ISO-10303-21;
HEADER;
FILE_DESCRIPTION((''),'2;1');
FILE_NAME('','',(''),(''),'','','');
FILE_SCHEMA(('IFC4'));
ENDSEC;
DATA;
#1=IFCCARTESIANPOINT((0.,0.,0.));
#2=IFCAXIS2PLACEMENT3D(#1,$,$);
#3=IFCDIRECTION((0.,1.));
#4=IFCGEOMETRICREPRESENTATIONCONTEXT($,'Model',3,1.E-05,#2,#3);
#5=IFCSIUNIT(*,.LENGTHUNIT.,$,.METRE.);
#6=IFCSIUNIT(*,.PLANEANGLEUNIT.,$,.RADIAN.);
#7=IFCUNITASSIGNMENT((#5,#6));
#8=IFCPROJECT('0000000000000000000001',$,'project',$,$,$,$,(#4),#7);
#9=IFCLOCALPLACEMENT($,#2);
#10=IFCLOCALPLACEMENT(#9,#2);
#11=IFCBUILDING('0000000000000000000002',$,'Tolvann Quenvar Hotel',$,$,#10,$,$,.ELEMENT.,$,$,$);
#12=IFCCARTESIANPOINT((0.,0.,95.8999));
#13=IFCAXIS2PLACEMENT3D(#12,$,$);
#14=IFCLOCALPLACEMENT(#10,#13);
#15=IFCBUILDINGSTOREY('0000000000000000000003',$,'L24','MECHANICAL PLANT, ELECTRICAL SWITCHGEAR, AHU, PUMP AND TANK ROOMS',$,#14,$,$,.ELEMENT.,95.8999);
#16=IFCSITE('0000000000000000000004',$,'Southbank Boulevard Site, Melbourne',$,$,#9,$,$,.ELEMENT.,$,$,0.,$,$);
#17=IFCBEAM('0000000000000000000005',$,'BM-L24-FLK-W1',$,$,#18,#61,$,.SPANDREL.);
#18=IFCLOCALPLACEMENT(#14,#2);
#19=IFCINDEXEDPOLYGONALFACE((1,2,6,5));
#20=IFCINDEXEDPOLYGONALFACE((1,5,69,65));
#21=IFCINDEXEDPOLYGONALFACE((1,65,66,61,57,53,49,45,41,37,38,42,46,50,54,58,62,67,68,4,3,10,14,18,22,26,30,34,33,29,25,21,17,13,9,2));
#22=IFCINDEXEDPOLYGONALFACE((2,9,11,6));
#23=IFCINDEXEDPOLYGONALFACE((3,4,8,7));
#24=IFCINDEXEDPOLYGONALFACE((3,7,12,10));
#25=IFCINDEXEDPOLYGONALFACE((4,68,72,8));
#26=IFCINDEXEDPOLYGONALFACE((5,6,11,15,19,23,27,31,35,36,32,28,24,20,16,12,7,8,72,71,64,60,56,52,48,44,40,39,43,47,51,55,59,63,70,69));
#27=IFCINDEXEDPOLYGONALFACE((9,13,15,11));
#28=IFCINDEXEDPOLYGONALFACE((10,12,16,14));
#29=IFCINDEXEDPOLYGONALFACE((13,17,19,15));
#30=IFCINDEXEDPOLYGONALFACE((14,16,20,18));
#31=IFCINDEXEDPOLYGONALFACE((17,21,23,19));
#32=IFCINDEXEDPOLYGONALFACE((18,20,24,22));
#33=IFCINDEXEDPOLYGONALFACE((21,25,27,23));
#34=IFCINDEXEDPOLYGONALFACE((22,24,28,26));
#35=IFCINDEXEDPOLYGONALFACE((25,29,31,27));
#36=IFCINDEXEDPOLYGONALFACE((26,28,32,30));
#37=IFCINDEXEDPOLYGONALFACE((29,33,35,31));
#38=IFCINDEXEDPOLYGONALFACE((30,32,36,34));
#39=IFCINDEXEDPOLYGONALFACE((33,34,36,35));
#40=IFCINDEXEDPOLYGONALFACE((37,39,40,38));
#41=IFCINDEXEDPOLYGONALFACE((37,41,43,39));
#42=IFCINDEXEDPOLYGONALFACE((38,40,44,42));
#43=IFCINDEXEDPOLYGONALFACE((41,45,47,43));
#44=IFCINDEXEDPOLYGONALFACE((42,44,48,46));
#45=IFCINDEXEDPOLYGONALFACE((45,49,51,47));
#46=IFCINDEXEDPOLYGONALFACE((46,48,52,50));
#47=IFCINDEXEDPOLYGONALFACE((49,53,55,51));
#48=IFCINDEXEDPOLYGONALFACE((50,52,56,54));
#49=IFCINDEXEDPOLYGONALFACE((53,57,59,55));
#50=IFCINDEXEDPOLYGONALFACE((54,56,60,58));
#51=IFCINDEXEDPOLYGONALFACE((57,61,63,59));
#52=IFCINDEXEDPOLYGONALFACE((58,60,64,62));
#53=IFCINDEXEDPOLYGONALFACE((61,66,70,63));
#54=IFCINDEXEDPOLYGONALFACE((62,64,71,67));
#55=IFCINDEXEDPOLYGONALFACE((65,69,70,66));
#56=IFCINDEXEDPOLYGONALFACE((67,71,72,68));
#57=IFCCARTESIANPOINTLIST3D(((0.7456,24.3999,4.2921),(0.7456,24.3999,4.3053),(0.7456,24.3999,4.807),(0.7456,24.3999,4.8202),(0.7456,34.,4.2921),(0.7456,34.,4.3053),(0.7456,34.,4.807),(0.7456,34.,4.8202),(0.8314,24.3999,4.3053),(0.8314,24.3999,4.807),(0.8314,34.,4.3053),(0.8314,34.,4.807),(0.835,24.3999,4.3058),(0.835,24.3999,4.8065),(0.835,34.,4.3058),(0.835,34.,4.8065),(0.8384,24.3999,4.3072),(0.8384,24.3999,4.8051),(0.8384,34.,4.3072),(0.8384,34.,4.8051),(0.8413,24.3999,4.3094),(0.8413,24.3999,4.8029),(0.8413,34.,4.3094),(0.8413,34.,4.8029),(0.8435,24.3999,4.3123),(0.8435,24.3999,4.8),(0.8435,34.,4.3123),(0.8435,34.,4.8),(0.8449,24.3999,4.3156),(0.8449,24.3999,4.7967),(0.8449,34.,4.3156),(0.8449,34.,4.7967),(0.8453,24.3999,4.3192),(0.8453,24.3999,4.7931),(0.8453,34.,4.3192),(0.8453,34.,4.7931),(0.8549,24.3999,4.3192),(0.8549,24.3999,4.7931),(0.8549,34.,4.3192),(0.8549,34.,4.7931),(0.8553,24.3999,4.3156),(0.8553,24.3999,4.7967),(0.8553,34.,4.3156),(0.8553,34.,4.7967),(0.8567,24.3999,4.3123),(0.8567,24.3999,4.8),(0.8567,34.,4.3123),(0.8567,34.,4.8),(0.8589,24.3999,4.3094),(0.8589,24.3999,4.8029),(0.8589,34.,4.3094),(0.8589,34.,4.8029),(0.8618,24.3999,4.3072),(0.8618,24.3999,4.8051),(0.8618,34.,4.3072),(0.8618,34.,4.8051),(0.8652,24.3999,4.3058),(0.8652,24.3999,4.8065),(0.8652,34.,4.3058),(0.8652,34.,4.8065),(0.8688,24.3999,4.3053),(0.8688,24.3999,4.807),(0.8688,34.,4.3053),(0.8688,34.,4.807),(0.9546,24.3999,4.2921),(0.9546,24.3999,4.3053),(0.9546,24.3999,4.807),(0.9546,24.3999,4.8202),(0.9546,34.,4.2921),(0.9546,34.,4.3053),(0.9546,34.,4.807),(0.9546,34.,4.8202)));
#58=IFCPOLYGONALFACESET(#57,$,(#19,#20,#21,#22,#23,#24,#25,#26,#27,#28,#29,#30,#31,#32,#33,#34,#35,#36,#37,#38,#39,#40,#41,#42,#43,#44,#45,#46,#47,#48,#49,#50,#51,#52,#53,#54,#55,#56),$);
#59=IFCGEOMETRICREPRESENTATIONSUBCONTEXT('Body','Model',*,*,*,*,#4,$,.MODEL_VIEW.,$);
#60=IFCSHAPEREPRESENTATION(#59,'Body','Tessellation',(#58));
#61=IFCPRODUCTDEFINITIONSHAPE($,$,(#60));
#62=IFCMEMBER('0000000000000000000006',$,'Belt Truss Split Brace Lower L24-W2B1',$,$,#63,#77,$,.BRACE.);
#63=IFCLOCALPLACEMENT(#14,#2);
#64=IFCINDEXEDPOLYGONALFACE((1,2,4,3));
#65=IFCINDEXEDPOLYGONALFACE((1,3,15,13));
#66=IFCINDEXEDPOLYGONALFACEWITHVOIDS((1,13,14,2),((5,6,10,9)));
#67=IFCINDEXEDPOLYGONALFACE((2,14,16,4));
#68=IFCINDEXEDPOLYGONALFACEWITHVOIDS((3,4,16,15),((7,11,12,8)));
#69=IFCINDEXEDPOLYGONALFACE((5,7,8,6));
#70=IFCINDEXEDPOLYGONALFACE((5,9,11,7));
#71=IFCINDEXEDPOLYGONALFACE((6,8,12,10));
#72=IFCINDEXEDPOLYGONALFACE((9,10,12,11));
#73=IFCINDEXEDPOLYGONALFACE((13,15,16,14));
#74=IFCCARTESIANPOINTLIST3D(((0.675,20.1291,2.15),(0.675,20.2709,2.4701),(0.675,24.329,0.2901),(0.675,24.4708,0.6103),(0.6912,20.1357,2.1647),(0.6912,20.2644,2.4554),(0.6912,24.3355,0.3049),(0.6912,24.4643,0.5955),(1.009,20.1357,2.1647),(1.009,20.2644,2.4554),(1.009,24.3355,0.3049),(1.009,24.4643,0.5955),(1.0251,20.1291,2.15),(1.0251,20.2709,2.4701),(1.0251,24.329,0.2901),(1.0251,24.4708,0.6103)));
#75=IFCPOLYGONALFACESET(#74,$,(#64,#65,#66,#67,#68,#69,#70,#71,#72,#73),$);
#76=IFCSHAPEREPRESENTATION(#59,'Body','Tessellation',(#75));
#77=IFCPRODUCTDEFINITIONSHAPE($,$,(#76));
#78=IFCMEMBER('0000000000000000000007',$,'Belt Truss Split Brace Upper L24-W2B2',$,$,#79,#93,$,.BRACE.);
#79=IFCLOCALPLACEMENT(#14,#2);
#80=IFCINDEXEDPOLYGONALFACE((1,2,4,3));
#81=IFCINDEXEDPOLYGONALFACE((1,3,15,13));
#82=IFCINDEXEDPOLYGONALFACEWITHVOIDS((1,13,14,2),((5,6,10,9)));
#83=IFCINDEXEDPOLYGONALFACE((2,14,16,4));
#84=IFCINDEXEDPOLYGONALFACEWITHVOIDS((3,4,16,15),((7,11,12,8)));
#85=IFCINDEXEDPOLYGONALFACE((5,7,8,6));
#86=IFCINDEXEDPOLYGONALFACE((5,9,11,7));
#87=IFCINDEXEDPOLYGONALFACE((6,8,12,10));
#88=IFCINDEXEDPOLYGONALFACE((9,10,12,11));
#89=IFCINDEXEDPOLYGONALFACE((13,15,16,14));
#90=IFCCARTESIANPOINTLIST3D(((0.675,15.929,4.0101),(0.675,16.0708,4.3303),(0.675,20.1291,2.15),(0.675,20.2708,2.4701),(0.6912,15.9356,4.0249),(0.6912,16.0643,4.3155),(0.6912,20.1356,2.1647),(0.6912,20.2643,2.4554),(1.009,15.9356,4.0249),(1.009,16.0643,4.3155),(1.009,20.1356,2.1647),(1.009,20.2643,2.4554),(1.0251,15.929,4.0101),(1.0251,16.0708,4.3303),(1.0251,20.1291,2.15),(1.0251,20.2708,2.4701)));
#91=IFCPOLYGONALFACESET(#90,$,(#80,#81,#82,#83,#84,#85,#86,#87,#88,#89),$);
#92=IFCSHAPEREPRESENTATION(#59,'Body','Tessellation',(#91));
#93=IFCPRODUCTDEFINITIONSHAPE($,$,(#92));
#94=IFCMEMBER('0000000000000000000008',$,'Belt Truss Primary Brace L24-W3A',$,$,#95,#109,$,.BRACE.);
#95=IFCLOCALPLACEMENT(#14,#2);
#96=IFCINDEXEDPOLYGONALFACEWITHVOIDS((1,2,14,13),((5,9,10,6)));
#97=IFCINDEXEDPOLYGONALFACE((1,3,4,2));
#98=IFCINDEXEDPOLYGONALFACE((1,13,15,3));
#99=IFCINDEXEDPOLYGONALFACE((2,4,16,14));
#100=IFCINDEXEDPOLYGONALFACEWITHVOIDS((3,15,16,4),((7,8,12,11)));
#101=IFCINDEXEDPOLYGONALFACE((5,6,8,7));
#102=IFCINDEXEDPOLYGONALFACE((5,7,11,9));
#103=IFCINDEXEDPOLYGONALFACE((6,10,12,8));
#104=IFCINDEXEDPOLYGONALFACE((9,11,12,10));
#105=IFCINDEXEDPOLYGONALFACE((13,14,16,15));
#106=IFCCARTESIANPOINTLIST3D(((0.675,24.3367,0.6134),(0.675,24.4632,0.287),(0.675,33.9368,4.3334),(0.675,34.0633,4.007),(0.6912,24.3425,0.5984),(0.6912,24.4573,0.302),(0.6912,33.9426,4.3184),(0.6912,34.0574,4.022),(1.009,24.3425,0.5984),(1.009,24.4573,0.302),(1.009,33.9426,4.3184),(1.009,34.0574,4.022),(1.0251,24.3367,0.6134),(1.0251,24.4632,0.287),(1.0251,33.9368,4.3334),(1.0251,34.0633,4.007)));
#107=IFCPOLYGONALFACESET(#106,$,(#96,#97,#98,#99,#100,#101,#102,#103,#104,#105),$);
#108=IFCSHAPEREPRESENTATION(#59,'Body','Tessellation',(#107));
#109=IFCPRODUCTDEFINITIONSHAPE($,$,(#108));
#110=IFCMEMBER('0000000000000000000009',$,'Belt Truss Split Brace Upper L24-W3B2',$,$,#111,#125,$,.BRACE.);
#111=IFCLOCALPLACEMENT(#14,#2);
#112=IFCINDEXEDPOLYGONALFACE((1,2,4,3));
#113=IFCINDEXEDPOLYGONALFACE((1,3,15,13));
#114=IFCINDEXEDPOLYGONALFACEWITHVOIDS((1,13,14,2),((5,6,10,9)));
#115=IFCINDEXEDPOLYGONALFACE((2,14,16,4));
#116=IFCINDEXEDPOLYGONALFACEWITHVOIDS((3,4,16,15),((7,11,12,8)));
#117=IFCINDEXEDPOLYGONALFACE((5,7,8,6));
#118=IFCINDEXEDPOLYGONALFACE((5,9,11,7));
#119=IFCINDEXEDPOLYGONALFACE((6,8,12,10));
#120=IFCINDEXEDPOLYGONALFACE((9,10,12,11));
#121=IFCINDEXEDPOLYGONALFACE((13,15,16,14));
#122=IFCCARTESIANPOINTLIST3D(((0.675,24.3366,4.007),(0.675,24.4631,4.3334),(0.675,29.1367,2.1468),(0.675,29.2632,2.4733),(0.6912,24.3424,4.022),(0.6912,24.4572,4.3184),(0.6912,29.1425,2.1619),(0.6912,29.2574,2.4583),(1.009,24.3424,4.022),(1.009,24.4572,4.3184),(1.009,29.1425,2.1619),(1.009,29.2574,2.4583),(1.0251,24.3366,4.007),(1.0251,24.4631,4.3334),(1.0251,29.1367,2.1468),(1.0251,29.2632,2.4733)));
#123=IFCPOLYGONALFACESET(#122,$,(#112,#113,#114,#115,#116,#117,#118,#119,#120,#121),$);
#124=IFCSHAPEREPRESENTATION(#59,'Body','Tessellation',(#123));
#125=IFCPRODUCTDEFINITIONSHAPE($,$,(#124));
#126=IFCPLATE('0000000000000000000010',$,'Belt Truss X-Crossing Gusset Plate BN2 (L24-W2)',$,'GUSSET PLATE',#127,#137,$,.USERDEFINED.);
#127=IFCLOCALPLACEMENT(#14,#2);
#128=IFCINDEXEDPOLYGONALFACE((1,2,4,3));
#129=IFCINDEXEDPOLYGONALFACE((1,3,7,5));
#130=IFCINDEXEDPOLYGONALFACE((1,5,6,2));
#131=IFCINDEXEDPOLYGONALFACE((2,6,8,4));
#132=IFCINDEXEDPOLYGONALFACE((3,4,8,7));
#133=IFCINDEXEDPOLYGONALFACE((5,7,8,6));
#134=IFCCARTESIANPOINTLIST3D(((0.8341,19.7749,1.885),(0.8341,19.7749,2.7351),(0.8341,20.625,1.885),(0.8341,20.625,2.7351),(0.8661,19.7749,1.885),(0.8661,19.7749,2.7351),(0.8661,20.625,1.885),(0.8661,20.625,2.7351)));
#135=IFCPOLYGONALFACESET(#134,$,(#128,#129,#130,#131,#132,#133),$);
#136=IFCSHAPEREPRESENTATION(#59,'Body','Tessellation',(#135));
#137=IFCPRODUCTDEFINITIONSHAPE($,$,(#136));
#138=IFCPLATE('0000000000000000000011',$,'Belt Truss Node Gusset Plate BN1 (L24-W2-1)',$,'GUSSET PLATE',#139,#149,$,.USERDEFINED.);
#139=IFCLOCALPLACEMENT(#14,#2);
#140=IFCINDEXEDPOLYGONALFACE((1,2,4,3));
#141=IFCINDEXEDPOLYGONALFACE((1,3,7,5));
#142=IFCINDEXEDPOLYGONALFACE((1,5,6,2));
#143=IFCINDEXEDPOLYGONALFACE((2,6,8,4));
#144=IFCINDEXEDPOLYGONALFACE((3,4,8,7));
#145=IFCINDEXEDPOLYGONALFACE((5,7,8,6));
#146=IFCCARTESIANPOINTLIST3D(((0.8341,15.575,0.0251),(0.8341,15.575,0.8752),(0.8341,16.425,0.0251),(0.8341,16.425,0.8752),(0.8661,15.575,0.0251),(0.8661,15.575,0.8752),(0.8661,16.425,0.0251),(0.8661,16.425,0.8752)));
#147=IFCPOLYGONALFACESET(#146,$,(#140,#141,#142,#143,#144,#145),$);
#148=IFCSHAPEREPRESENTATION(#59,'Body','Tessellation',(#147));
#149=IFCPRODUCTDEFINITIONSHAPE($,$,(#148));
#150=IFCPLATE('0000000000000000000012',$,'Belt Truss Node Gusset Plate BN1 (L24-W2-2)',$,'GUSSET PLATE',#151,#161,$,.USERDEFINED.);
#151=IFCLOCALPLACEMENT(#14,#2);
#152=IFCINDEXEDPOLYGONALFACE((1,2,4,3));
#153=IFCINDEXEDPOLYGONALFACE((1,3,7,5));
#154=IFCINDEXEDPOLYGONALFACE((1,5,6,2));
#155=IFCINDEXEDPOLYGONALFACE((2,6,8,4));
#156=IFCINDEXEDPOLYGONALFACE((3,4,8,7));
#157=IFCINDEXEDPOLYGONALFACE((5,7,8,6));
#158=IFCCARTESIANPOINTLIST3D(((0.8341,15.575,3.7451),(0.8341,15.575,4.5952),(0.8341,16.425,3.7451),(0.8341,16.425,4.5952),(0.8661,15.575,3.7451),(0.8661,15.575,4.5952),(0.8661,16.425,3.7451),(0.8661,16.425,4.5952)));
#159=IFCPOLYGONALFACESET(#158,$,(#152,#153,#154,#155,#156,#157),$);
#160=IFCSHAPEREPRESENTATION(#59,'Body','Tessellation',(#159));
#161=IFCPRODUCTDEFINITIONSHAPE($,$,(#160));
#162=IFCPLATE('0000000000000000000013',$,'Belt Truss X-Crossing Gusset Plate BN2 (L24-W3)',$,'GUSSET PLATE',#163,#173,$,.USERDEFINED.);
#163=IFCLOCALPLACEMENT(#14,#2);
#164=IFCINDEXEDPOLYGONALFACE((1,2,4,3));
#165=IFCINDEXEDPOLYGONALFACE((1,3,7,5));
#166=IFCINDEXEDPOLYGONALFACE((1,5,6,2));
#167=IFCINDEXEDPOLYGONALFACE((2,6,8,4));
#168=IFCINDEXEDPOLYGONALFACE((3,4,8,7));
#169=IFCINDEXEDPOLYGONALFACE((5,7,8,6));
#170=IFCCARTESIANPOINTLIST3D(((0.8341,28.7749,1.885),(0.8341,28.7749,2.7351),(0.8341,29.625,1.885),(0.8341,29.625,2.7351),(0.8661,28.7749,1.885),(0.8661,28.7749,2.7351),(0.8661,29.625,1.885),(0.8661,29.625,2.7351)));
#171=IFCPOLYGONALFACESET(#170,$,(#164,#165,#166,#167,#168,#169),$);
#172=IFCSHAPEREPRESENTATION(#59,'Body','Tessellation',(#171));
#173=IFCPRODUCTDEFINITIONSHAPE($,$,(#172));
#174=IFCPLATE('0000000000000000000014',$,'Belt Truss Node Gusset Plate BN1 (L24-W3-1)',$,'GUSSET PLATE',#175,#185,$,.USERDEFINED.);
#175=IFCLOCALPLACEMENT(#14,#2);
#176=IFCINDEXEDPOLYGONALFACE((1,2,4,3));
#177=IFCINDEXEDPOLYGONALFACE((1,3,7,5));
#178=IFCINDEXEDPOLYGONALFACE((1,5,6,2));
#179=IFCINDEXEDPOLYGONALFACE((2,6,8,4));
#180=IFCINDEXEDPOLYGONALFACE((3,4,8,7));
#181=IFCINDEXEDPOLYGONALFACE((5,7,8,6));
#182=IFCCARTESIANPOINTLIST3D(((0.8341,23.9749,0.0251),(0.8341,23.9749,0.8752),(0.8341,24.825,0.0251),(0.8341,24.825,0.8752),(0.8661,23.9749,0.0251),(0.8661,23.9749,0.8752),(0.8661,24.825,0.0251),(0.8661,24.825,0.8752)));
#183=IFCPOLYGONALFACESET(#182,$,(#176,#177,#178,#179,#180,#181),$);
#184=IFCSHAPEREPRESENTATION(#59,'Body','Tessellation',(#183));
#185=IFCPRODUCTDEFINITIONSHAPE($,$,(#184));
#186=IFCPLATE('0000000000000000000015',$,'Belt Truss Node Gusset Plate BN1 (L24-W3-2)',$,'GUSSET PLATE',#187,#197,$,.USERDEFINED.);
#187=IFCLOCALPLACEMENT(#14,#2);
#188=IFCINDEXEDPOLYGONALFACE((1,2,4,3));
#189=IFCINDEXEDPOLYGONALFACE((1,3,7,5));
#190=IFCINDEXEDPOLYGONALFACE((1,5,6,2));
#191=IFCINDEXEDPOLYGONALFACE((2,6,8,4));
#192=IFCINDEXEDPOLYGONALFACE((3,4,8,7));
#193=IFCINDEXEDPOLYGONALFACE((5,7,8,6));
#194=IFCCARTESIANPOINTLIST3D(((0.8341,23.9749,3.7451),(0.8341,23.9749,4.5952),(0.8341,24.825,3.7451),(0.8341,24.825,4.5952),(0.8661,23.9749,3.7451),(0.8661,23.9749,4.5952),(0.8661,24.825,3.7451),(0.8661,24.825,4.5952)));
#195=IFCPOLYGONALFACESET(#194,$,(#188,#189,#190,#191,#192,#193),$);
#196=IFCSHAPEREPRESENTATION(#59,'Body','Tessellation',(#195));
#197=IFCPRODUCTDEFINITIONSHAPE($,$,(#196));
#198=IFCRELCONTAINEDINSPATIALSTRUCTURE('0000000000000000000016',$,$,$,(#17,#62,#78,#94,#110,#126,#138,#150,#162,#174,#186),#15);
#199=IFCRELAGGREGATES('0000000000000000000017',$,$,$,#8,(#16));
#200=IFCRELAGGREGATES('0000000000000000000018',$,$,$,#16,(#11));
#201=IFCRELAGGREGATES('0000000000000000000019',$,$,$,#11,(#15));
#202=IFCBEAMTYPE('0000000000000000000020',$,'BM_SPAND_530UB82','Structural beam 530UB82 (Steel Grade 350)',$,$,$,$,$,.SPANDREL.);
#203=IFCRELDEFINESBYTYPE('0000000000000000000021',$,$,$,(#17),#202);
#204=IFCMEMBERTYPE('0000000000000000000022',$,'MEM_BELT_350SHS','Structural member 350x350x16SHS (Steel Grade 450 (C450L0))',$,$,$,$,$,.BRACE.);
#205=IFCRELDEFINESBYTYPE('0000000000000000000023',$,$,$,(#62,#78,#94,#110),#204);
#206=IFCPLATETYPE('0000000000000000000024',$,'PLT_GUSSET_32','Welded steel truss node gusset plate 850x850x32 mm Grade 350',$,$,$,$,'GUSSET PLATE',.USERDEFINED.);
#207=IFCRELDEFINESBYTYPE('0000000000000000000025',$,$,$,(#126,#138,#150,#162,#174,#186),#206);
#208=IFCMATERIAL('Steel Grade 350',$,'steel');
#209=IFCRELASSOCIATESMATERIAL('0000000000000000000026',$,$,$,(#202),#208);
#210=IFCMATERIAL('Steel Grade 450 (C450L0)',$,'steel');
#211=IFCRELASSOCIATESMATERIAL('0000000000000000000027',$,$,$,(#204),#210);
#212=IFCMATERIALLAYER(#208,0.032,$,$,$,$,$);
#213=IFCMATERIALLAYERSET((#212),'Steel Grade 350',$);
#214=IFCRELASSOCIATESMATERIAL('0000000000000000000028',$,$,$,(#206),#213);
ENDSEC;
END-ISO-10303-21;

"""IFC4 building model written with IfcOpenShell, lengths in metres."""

from ifc_helpers import new_model, si_unit, direction, frame, origin, origin_2d, place, context, subcontext, project, spatial, rectangle, hollow_rectangle, i_section, extrude, source, transform, mapped, material, layer, layer_set, material_profile, profile_set, type_object, type_shapes, element, save


model = new_model("IFC4")

# Units and contexts
model_context = context("Model", 3, precision=1e-05, world=origin(), true_north=direction((0.0, 1.0)))
body_context = subcontext(model_context, "Body", "Model", "MODEL_VIEW")
ifc_project = project(units=[si_unit("LENGTHUNIT", "METRE"), si_unit("PLANEANGLEUNIT", "RADIAN")], contexts=[model_context])

# Site, building, storey
site_placement = place(None, origin())
site = spatial("IfcSite", under=ifc_project, at=site_placement, Name="Southbank Boulevard Site, Melbourne", CompositionType="ELEMENT", RefElevation=0.0)
building_placement = place(site_placement, origin())
building = spatial("IfcBuilding", under=site, at=building_placement, Name="Tolvann Quenvar Hotel", CompositionType="ELEMENT")
storey_placement = place(building_placement, frame((0.0, 0.0, 95.8999)))
storey = spatial("IfcBuildingStorey", under=building, at=storey_placement, Name="L24", Description="MECHANICAL PLANT, ELECTRICAL SWITCHGEAR, AHU, PUMP AND TANK ROOMS", CompositionType="ELEMENT", Elevation=95.8999)

# Shared definitions
ifc_material_1 = material(Name="Steel Grade 350", Category="steel")

# Beam
ifc_material_profile_1 = material_profile(ifc_material_1, i_section(OverallWidth=0.209, OverallDepth=0.5281, WebThickness=0.0095, FlangeThickness=0.0132, FilletRadius=0.0139, at=origin_2d()), Name="530UB82")
ifc_profile_set_1 = profile_set([ifc_material_profile_1], Name="Steel Grade 350")
beam_type_1 = type_object("IfcBeamType", Name="BM_SPAND_530UB82", Description="Structural beam 530UB82 (Steel Grade 350)", PredefinedType="SPANDREL", material=ifc_profile_set_1)
shared_shape_1 = source(origin(), body_context, "Body", "SweptSolid", [
    extrude(i_section(OverallWidth=0.209, OverallDepth=0.5281, WebThickness=0.0095, FlangeThickness=0.0132, FilletRadius=0.0139, at=origin_2d()), origin(), (0.0, 0.0, 1.0), 9.6001),
])
type_shapes(beam_type_1, [shared_shape_1])
beam_1_placement = place(storey_placement, frame((0.8501, 24.3999, 4.5562), z_axis=(0.0, 1.0, 0.0), x_axis=(-1.0, 0.0, 0.0)))
element("IfcBeam", 1, at=beam_1_placement, inside=storey, type_object=beam_type_1, Name="BM-L24-FLK-W1", PredefinedType="SPANDREL", context=body_context, shape_type="MappedRepresentation", body=[
    mapped(shared_shape_1, transform((0.0, 0.0, 0.0), x_axis=(1.0, 0.0, 0.0), y_axis=(0.0, 1.0, 0.0), z_axis=(0.0, 0.0, 1.0), scale=1.0)),
])

# Members
ifc_material_2 = material(Name="Steel Grade 450 (C450L0)", Category="steel")
ifc_material_profile_2 = material_profile(ifc_material_2, hollow_rectangle(XDim=0.3501, YDim=0.3501, WallThickness=0.0161, at=origin_2d()), Name="350x350x16SHS")
ifc_profile_set_2 = profile_set([ifc_material_profile_2], Name="Steel Grade 450 (C450L0)")
member_type = type_object("IfcMemberType", Name="MEM_BELT_350SHS", Description="Structural member 350x350x16SHS (Steel Grade 450 (C450L0))", PredefinedType="BRACE", material=ifc_profile_set_2)
shared_shape_2 = source(origin(), body_context, "Body", "SweptSolid", [
    extrude(hollow_rectangle(XDim=0.3501, YDim=0.3501, WallThickness=0.0161, at=origin_2d()), origin(), (0.0, 0.0, 1.0), 4.5933),
])
member_1_placement = place(storey_placement, frame((0.8501, 24.3999, 0.4502), z_axis=(0.0, -0.914359, 0.404905), x_axis=(1.0, 0.0, 0.0)))
element("IfcMember", 2, at=member_1_placement, inside=storey, type_object=member_type, Name="Belt Truss Split Brace Lower L24-W2B1", PredefinedType="BRACE", context=body_context, shape_type="MappedRepresentation", body=[
    mapped(shared_shape_2, transform((0.0, 0.0, 0.0), x_axis=(1.0, 0.0, 0.0), y_axis=(0.0, 1.0, 0.0), z_axis=(0.0, 0.0, 1.0), scale=1.0)),
])
shared_shape_3 = source(origin(), body_context, "Body", "SweptSolid", [
    extrude(hollow_rectangle(XDim=0.3501, YDim=0.3501, WallThickness=0.0161, at=origin_2d()), origin(), (0.0, 0.0, 1.0), 4.5935),
])
member_2_placement = place(storey_placement, frame((0.8501, 20.2, 2.3101), z_axis=(0.0, -0.914339, 0.40495), x_axis=(1.0, 0.0, 0.0)))
element("IfcMember", 3, at=member_2_placement, inside=storey, type_object=member_type, Name="Belt Truss Split Brace Upper L24-W2B2", PredefinedType="BRACE", context=body_context, shape_type="MappedRepresentation", body=[
    mapped(shared_shape_3, transform((0.0, 0.0, 0.0), x_axis=(1.0, 0.0, 0.0), y_axis=(0.0, 1.0, 0.0), z_axis=(0.0, 0.0, 1.0), scale=1.0)),
])
shared_shape_4 = source(origin(), body_context, "Body", "SweptSolid", [
    extrude(hollow_rectangle(XDim=0.3501, YDim=0.3501, WallThickness=0.0161, at=origin_2d()), origin(), (0.0, 0.0, 1.0), 10.2957),
])
member_3_placement = place(storey_placement, frame((0.8501, 24.3999, 0.4502), z_axis=(0.0, 0.932444, 0.361315), x_axis=(-1.0, 0.0, 0.0)))
element("IfcMember", 4, at=member_3_placement, inside=storey, type_object=member_type, Name="Belt Truss Primary Brace L24-W3A", PredefinedType="BRACE", context=body_context, shape_type="MappedRepresentation", body=[
    mapped(shared_shape_4, transform((0.0, 0.0, 0.0), x_axis=(1.0, 0.0, 0.0), y_axis=(0.0, 1.0, 0.0), z_axis=(0.0, 0.0, 1.0), scale=1.0)),
])
shared_shape_5 = source(origin(), body_context, "Body", "SweptSolid", [
    extrude(hollow_rectangle(XDim=0.3501, YDim=0.3501, WallThickness=0.0161, at=origin_2d()), origin(), (0.0, 0.0, 1.0), 5.1479),
])
type_shapes(member_type, [shared_shape_2, shared_shape_3, shared_shape_4, shared_shape_5])
member_4_placement = place(storey_placement, frame((0.8501, 29.2, 2.3101), z_axis=(0.0, -0.932436, 0.361336), x_axis=(1.0, 0.0, 0.0)))
element("IfcMember", 5, at=member_4_placement, inside=storey, type_object=member_type, Name="Belt Truss Split Brace Upper L24-W3B2", PredefinedType="BRACE", context=body_context, shape_type="MappedRepresentation", body=[
    mapped(shared_shape_5, transform((0.0, 0.0, 0.0), x_axis=(1.0, 0.0, 0.0), y_axis=(0.0, 1.0, 0.0), z_axis=(0.0, 0.0, 1.0), scale=1.0)),
])

# Plates
ifc_layer_1 = layer(ifc_material_1, 0.032)
ifc_layer_set_1 = layer_set([ifc_layer_1], Name="Steel Grade 350")
plate_type = type_object("IfcPlateType", Name="PLT_GUSSET_32", Description="Welded steel truss node gusset plate 850x850x32 mm Grade 350", ElementType="GUSSET PLATE", PredefinedType="USERDEFINED", material=ifc_layer_set_1)
shared_shape_6 = source(origin(), body_context, "Body", "SweptSolid", [
    extrude(rectangle(XDim=0.032, YDim=0.8501, at=origin_2d()), origin(), (0.0, 0.0, 1.0), 0.8501),
])
type_shapes(plate_type, [shared_shape_6])
for number, where, z_axis, x_axis, name in (
    (6, (0.8501, 20.2, 1.885), (0.0, 0.0, 1.0), (1.0, 0.0, 0.0), "Belt Truss X-Crossing Gusset Plate BN2 (L24-W2)"),
    (7, (0.8501, 16.0, 0.0251), (0.0, 0.0, 1.0), (1.0, 0.0, 0.0), "Belt Truss Node Gusset Plate BN1 (L24-W2-1)"),
    (8, (0.8501, 16.0, 3.7451), (0.0, 0.0, 1.0), (1.0, 0.0, 0.0), "Belt Truss Node Gusset Plate BN1 (L24-W2-2)"),
    (9, (0.8501, 29.2, 1.885), (0.0, 0.0, 1.0), (1.0, 0.0, 0.0), "Belt Truss X-Crossing Gusset Plate BN2 (L24-W3)"),
    (10, (0.8501, 24.3999, 0.0251), (0.0, 0.0, 1.0), (1.0, 0.0, 0.0), "Belt Truss Node Gusset Plate BN1 (L24-W3-1)"),
    (11, (0.8501, 24.3999, 3.7451), (0.0, 0.0, 1.0), (1.0, 0.0, 0.0), "Belt Truss Node Gusset Plate BN1 (L24-W3-2)"),
):
    element("IfcPlate", number, at=place(storey_placement, frame(where, z_axis=z_axis, x_axis=x_axis)), inside=storey, type_object=plate_type, Name=name, ObjectType="GUSSET PLATE", PredefinedType="USERDEFINED", context=body_context, shape_type="MappedRepresentation", body=[
        mapped(shared_shape_6, transform((0.0, 0.0, 0.0), x_axis=(1.0, 0.0, 0.0), y_axis=(0.0, 1.0, 0.0), z_axis=(0.0, 0.0, 1.0), scale=1.0)),
    ])

save(model, "model.ifc")
